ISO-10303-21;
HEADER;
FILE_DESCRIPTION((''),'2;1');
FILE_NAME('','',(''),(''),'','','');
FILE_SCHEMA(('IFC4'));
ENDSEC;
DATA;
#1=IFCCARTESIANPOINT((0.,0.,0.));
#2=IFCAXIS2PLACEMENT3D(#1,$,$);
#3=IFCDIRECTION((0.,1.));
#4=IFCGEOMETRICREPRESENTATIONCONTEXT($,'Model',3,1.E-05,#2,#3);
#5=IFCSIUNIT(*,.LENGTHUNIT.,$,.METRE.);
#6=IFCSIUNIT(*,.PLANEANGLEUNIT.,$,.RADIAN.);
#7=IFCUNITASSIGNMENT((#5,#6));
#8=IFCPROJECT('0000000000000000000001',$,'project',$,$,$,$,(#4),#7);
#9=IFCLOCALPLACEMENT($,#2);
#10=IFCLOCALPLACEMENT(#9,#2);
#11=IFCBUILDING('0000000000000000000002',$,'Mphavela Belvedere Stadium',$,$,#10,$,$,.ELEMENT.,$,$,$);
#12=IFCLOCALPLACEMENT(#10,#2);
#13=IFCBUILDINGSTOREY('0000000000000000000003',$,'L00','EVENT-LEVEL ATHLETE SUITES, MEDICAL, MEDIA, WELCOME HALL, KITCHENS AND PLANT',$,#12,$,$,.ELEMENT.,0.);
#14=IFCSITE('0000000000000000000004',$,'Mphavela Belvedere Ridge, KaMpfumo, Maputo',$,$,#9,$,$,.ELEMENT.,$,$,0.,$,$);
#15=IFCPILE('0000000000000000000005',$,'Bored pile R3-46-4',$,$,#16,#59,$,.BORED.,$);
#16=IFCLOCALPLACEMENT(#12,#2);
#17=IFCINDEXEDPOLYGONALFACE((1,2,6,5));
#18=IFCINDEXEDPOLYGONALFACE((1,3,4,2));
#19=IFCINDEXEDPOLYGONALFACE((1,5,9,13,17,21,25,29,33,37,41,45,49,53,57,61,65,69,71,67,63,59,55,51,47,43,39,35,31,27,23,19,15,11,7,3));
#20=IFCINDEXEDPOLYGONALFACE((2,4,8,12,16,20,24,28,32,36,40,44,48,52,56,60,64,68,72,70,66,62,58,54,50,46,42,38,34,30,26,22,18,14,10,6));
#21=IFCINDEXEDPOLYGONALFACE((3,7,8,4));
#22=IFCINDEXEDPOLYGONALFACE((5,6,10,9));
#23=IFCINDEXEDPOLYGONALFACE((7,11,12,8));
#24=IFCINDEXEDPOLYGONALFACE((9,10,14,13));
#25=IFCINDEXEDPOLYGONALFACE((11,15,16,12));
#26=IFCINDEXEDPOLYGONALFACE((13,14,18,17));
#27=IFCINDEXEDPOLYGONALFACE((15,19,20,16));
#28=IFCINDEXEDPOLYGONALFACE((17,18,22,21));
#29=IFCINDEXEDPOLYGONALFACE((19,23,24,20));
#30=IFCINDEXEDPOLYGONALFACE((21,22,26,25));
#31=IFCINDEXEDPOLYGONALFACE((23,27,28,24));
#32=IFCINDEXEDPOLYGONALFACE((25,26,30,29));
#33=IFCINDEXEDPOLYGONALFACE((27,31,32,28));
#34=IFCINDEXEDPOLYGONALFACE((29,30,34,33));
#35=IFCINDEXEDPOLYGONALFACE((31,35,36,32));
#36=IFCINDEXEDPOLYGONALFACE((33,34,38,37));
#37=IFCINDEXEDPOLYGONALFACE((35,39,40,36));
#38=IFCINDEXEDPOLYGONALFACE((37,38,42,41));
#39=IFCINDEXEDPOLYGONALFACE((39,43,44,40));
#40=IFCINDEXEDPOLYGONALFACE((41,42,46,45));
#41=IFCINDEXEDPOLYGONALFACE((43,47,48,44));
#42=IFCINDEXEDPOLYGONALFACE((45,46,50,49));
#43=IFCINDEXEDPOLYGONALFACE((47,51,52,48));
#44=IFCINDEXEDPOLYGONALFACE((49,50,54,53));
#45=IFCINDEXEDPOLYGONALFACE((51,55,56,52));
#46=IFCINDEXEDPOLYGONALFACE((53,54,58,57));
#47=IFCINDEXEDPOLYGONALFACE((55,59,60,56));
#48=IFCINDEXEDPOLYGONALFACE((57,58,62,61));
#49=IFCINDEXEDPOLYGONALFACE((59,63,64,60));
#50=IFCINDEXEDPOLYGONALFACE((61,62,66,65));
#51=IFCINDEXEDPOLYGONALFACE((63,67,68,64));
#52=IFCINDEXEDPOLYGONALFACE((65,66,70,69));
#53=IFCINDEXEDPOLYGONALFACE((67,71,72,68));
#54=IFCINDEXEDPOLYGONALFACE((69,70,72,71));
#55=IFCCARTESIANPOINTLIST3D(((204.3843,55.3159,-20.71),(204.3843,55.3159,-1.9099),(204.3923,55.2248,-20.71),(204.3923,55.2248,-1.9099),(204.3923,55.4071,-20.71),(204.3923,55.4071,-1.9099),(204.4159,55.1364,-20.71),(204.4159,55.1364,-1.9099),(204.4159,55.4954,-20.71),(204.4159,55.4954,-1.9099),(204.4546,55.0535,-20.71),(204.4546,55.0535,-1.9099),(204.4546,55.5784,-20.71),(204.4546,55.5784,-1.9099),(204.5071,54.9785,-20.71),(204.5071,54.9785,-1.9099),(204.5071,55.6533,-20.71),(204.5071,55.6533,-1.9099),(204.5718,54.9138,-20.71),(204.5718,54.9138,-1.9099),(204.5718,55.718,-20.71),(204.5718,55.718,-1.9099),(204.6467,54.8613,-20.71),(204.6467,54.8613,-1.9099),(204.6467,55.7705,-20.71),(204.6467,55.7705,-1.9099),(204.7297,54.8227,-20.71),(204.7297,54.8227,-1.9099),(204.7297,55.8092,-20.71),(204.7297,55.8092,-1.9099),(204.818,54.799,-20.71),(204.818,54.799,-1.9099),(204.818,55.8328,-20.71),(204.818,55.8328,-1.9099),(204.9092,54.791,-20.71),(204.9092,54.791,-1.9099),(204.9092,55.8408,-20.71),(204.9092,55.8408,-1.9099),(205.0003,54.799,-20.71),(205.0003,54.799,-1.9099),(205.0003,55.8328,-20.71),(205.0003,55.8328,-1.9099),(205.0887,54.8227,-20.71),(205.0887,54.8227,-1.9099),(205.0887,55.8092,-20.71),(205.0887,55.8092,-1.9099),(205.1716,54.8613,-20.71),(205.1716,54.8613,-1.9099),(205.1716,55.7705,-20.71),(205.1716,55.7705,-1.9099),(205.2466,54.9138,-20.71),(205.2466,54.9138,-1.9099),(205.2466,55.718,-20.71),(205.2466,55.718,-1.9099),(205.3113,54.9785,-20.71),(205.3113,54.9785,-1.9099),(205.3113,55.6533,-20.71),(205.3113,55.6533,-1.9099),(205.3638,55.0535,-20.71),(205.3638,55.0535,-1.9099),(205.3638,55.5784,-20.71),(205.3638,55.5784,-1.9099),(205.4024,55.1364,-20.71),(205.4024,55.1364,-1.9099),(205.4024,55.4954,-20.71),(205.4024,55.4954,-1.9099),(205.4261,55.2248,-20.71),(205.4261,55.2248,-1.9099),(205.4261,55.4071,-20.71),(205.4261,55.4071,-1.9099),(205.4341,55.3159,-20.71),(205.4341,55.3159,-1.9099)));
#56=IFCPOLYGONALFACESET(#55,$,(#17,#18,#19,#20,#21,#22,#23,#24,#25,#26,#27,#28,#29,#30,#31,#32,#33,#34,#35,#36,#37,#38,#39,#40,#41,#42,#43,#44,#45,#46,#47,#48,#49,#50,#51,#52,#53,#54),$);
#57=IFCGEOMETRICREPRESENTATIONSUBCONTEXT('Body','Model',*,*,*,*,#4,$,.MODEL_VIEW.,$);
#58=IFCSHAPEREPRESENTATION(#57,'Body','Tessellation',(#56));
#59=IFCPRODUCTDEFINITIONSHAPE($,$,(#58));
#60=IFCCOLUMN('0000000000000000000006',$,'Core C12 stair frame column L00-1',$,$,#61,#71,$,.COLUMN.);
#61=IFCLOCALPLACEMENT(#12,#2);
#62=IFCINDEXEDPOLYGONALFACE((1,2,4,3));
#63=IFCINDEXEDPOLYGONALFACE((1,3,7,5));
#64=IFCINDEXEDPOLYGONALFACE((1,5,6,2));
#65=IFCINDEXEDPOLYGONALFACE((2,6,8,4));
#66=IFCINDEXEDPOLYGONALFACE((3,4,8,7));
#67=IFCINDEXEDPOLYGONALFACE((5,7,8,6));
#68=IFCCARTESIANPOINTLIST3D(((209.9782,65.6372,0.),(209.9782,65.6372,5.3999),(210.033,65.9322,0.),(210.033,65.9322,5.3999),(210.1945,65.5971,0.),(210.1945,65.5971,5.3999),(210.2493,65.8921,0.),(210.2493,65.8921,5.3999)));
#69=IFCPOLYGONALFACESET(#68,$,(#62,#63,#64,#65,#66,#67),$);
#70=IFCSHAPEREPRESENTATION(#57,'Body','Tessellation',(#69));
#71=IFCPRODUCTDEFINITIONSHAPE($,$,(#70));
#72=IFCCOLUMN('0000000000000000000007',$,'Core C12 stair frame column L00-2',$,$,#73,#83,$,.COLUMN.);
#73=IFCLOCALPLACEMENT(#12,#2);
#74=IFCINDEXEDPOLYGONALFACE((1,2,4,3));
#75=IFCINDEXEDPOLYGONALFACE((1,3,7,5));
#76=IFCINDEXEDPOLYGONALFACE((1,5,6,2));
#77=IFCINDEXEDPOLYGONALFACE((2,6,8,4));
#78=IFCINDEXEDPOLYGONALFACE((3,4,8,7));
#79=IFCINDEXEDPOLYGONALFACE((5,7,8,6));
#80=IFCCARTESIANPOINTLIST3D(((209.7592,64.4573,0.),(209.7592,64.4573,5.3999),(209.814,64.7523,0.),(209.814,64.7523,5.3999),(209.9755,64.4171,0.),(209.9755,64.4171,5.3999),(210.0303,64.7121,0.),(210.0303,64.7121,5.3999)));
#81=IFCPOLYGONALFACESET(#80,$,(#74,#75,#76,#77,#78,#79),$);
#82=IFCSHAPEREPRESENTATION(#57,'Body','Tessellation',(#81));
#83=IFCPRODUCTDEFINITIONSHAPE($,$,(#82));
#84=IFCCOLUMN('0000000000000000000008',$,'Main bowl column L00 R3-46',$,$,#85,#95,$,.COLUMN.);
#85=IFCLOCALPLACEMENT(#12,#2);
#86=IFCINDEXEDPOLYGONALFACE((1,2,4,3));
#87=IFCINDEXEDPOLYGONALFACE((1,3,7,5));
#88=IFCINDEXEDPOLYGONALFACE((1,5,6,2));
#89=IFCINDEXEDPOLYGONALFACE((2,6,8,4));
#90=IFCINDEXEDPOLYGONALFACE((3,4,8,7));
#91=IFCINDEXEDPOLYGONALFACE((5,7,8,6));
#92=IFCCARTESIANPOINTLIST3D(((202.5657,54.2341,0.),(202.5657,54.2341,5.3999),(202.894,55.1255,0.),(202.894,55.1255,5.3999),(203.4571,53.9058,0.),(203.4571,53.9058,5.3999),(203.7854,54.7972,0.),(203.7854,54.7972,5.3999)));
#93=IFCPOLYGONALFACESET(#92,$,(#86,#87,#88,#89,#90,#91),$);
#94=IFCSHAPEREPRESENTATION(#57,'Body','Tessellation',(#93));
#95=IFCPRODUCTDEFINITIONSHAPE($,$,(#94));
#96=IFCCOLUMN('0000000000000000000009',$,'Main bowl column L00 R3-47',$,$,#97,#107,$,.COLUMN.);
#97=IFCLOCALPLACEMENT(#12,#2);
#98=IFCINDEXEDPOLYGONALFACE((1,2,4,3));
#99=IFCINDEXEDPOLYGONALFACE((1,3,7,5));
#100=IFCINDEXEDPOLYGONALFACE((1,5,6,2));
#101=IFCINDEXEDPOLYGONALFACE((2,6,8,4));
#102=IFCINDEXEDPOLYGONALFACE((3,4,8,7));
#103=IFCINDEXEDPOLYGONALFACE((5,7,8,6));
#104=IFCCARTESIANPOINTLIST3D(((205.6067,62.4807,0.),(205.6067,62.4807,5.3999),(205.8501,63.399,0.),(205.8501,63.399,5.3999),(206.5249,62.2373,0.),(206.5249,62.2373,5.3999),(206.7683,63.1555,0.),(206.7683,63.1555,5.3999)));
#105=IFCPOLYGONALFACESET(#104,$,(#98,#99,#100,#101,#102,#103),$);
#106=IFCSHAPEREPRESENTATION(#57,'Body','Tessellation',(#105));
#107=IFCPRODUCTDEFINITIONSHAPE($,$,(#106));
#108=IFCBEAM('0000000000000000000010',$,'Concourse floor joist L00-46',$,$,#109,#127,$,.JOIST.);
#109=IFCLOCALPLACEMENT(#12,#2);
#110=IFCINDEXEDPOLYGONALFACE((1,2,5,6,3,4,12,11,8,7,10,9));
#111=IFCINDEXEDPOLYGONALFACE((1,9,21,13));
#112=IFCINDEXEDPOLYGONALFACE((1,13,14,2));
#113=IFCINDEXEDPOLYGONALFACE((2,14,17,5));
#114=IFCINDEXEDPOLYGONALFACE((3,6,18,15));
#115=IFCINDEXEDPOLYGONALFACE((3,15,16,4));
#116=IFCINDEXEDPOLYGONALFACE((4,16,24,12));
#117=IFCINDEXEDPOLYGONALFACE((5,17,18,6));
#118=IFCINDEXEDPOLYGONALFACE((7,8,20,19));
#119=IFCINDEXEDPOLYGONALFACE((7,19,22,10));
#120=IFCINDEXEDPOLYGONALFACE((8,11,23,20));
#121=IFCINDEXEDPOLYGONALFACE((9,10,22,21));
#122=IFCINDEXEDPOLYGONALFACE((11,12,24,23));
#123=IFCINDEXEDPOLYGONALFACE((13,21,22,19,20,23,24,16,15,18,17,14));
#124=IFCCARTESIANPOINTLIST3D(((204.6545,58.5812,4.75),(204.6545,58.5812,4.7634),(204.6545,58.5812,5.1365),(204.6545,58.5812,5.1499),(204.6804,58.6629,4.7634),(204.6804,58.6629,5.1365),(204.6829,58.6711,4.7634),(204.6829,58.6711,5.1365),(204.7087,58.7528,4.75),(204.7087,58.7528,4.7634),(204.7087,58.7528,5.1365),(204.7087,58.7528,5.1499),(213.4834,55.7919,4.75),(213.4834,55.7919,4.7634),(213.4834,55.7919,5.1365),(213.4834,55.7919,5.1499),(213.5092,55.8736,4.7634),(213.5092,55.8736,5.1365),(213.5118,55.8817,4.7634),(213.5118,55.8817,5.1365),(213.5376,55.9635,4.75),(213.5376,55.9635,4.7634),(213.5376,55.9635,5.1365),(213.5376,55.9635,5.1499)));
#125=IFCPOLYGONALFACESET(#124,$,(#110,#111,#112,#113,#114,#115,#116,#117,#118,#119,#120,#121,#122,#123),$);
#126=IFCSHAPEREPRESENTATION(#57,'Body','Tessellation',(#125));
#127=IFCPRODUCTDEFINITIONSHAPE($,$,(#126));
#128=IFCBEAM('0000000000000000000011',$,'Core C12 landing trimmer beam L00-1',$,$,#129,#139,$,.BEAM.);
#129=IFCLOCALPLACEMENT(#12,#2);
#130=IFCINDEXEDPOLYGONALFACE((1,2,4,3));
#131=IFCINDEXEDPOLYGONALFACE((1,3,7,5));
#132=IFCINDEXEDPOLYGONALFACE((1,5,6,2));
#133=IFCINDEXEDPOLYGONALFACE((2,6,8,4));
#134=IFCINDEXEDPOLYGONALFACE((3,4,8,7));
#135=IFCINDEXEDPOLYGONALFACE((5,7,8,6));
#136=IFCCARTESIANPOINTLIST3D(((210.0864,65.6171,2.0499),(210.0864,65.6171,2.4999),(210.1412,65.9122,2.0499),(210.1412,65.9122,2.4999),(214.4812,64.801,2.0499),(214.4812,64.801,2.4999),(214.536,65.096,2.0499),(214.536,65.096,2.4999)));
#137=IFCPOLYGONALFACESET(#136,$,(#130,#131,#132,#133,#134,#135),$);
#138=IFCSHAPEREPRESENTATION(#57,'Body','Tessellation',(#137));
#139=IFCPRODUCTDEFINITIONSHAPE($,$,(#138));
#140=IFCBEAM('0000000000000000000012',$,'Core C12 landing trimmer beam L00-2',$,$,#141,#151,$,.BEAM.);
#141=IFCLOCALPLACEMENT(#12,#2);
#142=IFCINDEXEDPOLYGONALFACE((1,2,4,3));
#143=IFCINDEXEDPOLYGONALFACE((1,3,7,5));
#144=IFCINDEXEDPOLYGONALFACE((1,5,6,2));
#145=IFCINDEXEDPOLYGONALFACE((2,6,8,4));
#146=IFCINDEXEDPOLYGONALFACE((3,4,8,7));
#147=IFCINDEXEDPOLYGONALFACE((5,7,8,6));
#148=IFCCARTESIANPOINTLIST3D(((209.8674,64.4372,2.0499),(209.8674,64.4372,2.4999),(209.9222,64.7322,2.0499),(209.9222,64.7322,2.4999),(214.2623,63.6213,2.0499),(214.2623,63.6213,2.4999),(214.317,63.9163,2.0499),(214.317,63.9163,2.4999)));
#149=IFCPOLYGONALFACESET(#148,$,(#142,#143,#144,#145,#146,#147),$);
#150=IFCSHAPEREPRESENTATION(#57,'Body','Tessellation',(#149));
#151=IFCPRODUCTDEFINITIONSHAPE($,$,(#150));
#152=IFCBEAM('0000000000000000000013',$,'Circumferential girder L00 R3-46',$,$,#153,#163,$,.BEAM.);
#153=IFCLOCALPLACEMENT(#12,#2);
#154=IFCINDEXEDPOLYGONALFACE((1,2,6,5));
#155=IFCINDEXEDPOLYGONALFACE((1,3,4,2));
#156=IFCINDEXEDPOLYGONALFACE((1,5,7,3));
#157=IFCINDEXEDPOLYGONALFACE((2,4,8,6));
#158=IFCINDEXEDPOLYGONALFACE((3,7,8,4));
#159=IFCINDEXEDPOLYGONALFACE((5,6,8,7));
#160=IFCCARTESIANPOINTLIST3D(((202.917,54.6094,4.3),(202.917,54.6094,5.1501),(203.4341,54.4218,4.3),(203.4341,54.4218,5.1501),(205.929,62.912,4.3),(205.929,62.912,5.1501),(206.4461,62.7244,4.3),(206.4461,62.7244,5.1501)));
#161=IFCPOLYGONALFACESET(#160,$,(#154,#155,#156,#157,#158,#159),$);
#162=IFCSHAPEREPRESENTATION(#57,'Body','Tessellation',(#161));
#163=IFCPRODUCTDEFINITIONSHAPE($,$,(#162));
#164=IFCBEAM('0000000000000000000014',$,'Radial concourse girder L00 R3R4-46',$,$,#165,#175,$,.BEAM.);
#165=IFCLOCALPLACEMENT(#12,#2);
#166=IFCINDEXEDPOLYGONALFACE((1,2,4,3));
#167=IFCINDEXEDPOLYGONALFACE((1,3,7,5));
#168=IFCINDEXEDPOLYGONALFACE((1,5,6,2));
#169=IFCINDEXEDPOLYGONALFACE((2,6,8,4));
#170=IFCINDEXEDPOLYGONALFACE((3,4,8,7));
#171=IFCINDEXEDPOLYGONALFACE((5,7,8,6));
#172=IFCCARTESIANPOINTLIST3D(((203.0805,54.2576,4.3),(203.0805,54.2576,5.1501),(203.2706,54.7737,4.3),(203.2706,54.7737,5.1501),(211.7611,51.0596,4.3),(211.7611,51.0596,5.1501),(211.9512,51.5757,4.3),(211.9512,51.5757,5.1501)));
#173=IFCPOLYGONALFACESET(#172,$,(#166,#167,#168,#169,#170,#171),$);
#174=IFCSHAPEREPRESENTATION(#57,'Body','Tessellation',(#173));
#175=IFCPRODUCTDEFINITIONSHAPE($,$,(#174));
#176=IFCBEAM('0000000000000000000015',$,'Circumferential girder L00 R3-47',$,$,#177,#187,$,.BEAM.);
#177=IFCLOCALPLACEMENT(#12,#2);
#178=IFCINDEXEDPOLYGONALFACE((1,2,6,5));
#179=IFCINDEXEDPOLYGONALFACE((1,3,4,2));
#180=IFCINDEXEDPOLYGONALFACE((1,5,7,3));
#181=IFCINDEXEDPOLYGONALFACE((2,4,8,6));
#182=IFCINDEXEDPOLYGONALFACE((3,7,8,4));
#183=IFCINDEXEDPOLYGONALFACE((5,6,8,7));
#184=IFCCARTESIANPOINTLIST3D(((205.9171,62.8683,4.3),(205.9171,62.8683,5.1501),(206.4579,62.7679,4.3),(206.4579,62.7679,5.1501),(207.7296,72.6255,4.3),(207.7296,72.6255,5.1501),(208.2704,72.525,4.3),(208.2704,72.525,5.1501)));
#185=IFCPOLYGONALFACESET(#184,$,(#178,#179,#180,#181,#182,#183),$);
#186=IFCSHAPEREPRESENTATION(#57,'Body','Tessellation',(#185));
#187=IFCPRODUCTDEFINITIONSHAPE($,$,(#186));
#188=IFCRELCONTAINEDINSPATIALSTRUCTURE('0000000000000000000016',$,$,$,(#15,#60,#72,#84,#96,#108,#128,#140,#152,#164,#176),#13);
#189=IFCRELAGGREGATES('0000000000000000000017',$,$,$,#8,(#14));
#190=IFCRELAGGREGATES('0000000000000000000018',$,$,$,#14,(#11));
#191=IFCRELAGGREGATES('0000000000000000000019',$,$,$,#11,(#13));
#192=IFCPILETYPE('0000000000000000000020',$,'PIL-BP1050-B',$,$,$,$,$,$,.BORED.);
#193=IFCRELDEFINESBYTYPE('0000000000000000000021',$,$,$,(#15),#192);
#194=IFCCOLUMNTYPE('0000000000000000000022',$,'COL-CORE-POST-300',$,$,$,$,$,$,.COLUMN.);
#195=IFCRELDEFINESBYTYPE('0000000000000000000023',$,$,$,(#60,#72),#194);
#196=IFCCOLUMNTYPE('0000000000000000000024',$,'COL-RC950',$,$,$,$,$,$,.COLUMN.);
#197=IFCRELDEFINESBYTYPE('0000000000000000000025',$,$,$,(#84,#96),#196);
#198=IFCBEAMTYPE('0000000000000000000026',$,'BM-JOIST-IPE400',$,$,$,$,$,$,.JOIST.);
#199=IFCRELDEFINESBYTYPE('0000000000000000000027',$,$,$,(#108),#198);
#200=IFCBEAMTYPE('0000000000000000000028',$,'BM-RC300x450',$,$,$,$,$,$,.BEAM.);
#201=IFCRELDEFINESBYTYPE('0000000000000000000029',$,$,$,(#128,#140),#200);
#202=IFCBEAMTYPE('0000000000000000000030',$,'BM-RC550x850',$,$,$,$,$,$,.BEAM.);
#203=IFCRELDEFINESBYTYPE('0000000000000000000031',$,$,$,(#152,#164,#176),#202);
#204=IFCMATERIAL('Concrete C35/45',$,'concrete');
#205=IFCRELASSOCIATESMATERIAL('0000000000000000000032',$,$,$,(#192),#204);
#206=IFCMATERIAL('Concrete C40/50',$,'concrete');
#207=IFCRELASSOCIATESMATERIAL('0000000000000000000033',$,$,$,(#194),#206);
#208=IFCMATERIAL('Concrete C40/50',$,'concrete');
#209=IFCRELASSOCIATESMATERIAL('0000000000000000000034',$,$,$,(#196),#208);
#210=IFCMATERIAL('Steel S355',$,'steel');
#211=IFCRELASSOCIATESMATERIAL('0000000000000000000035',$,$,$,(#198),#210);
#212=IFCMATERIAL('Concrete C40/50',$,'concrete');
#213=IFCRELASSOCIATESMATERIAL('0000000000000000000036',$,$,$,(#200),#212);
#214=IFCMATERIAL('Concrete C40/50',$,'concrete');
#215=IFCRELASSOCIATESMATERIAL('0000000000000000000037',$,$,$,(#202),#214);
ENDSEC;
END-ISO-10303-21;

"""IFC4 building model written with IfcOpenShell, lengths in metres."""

from ifc_helpers import new_model, si_unit, direction, frame, origin, origin_2d, place, context, subcontext, project, spatial, rectangle, circle, i_section, extrude, material, material_profile, profile_set, type_object, element, save


model = new_model("IFC4")

# Units and contexts
model_context = context("Model", 3, precision=1e-05, world=origin(), true_north=direction((0.0, 1.0)))
body_context = subcontext(model_context, "Body", "Model", "MODEL_VIEW")
ifc_project = project(units=[si_unit("LENGTHUNIT", "METRE"), si_unit("PLANEANGLEUNIT", "RADIAN")], contexts=[model_context])

# Site, building, storey
site_placement = place(None, origin())
site = spatial("IfcSite", under=ifc_project, at=site_placement, Name="Mphavela Belvedere Ridge, KaMpfumo, Maputo", CompositionType="ELEMENT", RefElevation=0.0)
building_placement = place(site_placement, origin())
building = spatial("IfcBuilding", under=site, at=building_placement, Name="Mphavela Belvedere Stadium", CompositionType="ELEMENT")
storey_placement = place(building_placement, origin())
storey = spatial("IfcBuildingStorey", under=building, at=storey_placement, Name="L00", Description="EVENT-LEVEL ATHLETE SUITES, MEDICAL, MEDIA, WELCOME HALL, KITCHENS AND PLANT", CompositionType="ELEMENT", Elevation=0.0)

# Pile
ifc_material_1 = material(Name="Concrete C35/45", Category="concrete")
ifc_material_profile_1 = material_profile(ifc_material_1, circle(Radius=0.5249, at=origin_2d()), Name="BP D1050")
ifc_profile_set_1 = profile_set([ifc_material_profile_1], Name="Concrete C35/45")
pile_type_1 = type_object("IfcPileType", Name="PIL-BP1050-B", PredefinedType="BORED", material=ifc_profile_set_1)
for number, where, z_axis, x_axis, name in (
    (1, (204.9092, 55.3159, -1.9099), (0.0, 0.0, -1.0), (1.0, 0.0, 0.0), "Bored pile R3-46-4"),
):
    element("IfcPile", number, at=place(storey_placement, frame(where, z_axis=z_axis, x_axis=x_axis)), inside=storey, type_object=pile_type_1, Name=name, PredefinedType="BORED", context=body_context, shape_type="SweptSolid", body=[
        extrude(circle(Radius=0.5249, at=origin_2d()), origin(), (0.0, 0.0, 1.0), 18.8),
    ])

# Columns
ifc_material_2 = material(Name="Concrete C40/50", Category="concrete")
ifc_material_profile_2 = material_profile(ifc_material_2, rectangle(XDim=0.3, YDim=0.22, at=origin_2d()), Name="RC 300x220")
ifc_profile_set_2 = profile_set([ifc_material_profile_2], Name="Concrete C40/50")
column_type_1 = type_object("IfcColumnType", Name="COL-CORE-POST-300", PredefinedType="COLUMN", material=ifc_profile_set_2)
for number, where, z_axis, x_axis, name in (
    (2, (210.1138, 65.7646, 0.0), (0.0, 0.0, 1.0), (-0.182579, -0.983191, 0.0), "Core C12 stair frame column L00-1"),
    (3, (209.8948, 64.5847, 0.0), (0.0, 0.0, 1.0), (-0.182579, -0.983191, 0.0), "Core C12 stair frame column L00-2"),
):
    element("IfcColumn", number, at=place(storey_placement, frame(where, z_axis=z_axis, x_axis=x_axis)), inside=storey, type_object=column_type_1, Name=name, PredefinedType="COLUMN", context=body_context, shape_type="SweptSolid", body=[
        extrude(rectangle(XDim=0.3, YDim=0.22, at=origin_2d()), origin(), (0.0, 0.0, 1.0), 5.3999),
    ])
ifc_material_3 = material(Name="Concrete C40/50", Category="concrete")
ifc_material_profile_3 = material_profile(ifc_material_3, rectangle(XDim=0.95, YDim=0.95, at=origin_2d()), Name="RC 950x950")
ifc_profile_set_3 = profile_set([ifc_material_profile_3], Name="Concrete C40/50")
column_type_2 = type_object("IfcColumnType", Name="COL-RC950", PredefinedType="COLUMN", material=ifc_profile_set_3)
for number, where, z_axis, x_axis, name in (
    (4, (203.1755, 54.5156, 0.0), (0.0, 0.0, 1.0), (0.938372, -0.345626, 0.0), "Main bowl column L00 R3-46"),
    (5, (206.1875, 62.8181, 0.0), (0.0, 0.0, 1.0), (0.9666, -0.256289, 0.0), "Main bowl column L00 R3-47"),
):
    element("IfcColumn", number, at=place(storey_placement, frame(where, z_axis=z_axis, x_axis=x_axis)), inside=storey, type_object=column_type_2, Name=name, PredefinedType="COLUMN", context=body_context, shape_type="SweptSolid", body=[
        extrude(rectangle(XDim=0.95, YDim=0.95, at=origin_2d()), origin(), (0.0, 0.0, 1.0), 5.3999),
    ])

# Beams
ifc_material_4 = material(Name="Steel S355", Category="steel")
ifc_material_profile_4 = material_profile(ifc_material_4, i_section(OverallWidth=0.1799, OverallDepth=0.3999, WebThickness=0.0085, FlangeThickness=0.0134, at=origin_2d()), Name="IPE 400")
ifc_profile_set_4 = profile_set([ifc_material_profile_4], Name="Steel S355")
beam_type_1 = type_object("IfcBeamType", Name="BM-JOIST-IPE400", PredefinedType="JOIST", material=ifc_profile_set_4)
beam_1_placement = place(storey_placement, frame((204.6816, 58.667, 4.95), z_axis=(0.953544, -0.301254, 0.0), x_axis=(0.301254, 0.953544, 0.0)))
element("IfcBeam", 6, at=beam_1_placement, inside=storey, type_object=beam_type_1, Name="Concourse floor joist L00-46", PredefinedType="JOIST", context=body_context, shape_type="SweptSolid", body=[
    extrude(i_section(OverallWidth=0.1799, OverallDepth=0.3999, WebThickness=0.0085, FlangeThickness=0.0134, at=origin_2d()), origin(), (0.0, 0.0, 1.0), 9.259),
])
ifc_material_5 = material(Name="Concrete C40/50", Category="concrete")
ifc_material_profile_5 = material_profile(ifc_material_5, rectangle(XDim=0.3, YDim=0.45, at=origin_2d()), Name="RC 300x450")
ifc_profile_set_5 = profile_set([ifc_material_profile_5], Name="Concrete C40/50")
beam_type_2 = type_object("IfcBeamType", Name="BM-RC300x450", PredefinedType="BEAM", material=ifc_profile_set_5)
for number, where, z_axis, x_axis, name in (
    (7, (210.1138, 65.7646, 2.2749), (0.983189, -0.18259, 0.0), (0.18259, 0.983189, 0.0), "Core C12 landing trimmer beam L00-1"),
    (8, (209.8948, 64.5847, 2.2749), (0.983199, -0.182537, 0.0), (0.182537, 0.983199, 0.0), "Core C12 landing trimmer beam L00-2"),
):
    element("IfcBeam", number, at=place(storey_placement, frame(where, z_axis=z_axis, x_axis=x_axis)), inside=storey, type_object=beam_type_2, Name=name, PredefinedType="BEAM", context=body_context, shape_type="SweptSolid", body=[
        extrude(rectangle(XDim=0.3, YDim=0.45, at=origin_2d()), origin(), (0.0, 0.0, 1.0), 4.47),
    ])
ifc_material_6 = material(Name="Concrete C40/50", Category="concrete")
ifc_material_profile_6 = material_profile(ifc_material_6, rectangle(XDim=0.55, YDim=0.8501, at=origin_2d()), Name="RC 550x850")
ifc_profile_set_6 = profile_set([ifc_material_profile_6], Name="Concrete C40/50")
beam_type_3 = type_object("IfcBeamType", Name="BM-RC550x850", PredefinedType="BEAM", material=ifc_profile_set_6)
beam_2_placement = place(storey_placement, frame((203.1755, 54.5156, 4.7251), z_axis=(0.341031, 0.940052, 0.0), x_axis=(-0.940052, 0.341031, 0.0)))
element("IfcBeam", 9, at=beam_2_placement, inside=storey, type_object=beam_type_3, Name="Circumferential girder L00 R3-46", PredefinedType="BEAM", context=body_context, shape_type="SweptSolid", body=[
    extrude(rectangle(XDim=0.55, YDim=0.8501, at=origin_2d()), origin(), (0.0, 0.0, 1.0), 8.832),
])
beam_3_placement = place(storey_placement, frame((203.1755, 54.5156, 4.7251), z_axis=(0.938348, -0.345692, 0.0), x_axis=(0.345692, 0.938348, 0.0)))
element("IfcBeam", 10, at=beam_3_placement, inside=storey, type_object=beam_type_3, Name="Radial concourse girder L00 R3R4-46", PredefinedType="BEAM", context=body_context, shape_type="SweptSolid", body=[
    extrude(rectangle(XDim=0.55, YDim=0.8501, at=origin_2d()), origin(), (0.0, 0.0, 1.0), 9.251),
])
beam_4_placement = place(storey_placement, frame((206.1875, 62.8181, 4.7251), z_axis=(0.182638, 0.98318, 0.0), x_axis=(-0.98318, 0.182638, 0.0)))
element("IfcBeam", 11, at=beam_4_placement, inside=storey, type_object=beam_type_3, Name="Circumferential girder L00 R3-47", PredefinedType="BEAM", context=body_context, shape_type="SweptSolid", body=[
    extrude(rectangle(XDim=0.55, YDim=0.8501, at=origin_2d()), origin(), (0.0, 0.0, 1.0), 9.9241),
])

save(model, "model.ifc")
